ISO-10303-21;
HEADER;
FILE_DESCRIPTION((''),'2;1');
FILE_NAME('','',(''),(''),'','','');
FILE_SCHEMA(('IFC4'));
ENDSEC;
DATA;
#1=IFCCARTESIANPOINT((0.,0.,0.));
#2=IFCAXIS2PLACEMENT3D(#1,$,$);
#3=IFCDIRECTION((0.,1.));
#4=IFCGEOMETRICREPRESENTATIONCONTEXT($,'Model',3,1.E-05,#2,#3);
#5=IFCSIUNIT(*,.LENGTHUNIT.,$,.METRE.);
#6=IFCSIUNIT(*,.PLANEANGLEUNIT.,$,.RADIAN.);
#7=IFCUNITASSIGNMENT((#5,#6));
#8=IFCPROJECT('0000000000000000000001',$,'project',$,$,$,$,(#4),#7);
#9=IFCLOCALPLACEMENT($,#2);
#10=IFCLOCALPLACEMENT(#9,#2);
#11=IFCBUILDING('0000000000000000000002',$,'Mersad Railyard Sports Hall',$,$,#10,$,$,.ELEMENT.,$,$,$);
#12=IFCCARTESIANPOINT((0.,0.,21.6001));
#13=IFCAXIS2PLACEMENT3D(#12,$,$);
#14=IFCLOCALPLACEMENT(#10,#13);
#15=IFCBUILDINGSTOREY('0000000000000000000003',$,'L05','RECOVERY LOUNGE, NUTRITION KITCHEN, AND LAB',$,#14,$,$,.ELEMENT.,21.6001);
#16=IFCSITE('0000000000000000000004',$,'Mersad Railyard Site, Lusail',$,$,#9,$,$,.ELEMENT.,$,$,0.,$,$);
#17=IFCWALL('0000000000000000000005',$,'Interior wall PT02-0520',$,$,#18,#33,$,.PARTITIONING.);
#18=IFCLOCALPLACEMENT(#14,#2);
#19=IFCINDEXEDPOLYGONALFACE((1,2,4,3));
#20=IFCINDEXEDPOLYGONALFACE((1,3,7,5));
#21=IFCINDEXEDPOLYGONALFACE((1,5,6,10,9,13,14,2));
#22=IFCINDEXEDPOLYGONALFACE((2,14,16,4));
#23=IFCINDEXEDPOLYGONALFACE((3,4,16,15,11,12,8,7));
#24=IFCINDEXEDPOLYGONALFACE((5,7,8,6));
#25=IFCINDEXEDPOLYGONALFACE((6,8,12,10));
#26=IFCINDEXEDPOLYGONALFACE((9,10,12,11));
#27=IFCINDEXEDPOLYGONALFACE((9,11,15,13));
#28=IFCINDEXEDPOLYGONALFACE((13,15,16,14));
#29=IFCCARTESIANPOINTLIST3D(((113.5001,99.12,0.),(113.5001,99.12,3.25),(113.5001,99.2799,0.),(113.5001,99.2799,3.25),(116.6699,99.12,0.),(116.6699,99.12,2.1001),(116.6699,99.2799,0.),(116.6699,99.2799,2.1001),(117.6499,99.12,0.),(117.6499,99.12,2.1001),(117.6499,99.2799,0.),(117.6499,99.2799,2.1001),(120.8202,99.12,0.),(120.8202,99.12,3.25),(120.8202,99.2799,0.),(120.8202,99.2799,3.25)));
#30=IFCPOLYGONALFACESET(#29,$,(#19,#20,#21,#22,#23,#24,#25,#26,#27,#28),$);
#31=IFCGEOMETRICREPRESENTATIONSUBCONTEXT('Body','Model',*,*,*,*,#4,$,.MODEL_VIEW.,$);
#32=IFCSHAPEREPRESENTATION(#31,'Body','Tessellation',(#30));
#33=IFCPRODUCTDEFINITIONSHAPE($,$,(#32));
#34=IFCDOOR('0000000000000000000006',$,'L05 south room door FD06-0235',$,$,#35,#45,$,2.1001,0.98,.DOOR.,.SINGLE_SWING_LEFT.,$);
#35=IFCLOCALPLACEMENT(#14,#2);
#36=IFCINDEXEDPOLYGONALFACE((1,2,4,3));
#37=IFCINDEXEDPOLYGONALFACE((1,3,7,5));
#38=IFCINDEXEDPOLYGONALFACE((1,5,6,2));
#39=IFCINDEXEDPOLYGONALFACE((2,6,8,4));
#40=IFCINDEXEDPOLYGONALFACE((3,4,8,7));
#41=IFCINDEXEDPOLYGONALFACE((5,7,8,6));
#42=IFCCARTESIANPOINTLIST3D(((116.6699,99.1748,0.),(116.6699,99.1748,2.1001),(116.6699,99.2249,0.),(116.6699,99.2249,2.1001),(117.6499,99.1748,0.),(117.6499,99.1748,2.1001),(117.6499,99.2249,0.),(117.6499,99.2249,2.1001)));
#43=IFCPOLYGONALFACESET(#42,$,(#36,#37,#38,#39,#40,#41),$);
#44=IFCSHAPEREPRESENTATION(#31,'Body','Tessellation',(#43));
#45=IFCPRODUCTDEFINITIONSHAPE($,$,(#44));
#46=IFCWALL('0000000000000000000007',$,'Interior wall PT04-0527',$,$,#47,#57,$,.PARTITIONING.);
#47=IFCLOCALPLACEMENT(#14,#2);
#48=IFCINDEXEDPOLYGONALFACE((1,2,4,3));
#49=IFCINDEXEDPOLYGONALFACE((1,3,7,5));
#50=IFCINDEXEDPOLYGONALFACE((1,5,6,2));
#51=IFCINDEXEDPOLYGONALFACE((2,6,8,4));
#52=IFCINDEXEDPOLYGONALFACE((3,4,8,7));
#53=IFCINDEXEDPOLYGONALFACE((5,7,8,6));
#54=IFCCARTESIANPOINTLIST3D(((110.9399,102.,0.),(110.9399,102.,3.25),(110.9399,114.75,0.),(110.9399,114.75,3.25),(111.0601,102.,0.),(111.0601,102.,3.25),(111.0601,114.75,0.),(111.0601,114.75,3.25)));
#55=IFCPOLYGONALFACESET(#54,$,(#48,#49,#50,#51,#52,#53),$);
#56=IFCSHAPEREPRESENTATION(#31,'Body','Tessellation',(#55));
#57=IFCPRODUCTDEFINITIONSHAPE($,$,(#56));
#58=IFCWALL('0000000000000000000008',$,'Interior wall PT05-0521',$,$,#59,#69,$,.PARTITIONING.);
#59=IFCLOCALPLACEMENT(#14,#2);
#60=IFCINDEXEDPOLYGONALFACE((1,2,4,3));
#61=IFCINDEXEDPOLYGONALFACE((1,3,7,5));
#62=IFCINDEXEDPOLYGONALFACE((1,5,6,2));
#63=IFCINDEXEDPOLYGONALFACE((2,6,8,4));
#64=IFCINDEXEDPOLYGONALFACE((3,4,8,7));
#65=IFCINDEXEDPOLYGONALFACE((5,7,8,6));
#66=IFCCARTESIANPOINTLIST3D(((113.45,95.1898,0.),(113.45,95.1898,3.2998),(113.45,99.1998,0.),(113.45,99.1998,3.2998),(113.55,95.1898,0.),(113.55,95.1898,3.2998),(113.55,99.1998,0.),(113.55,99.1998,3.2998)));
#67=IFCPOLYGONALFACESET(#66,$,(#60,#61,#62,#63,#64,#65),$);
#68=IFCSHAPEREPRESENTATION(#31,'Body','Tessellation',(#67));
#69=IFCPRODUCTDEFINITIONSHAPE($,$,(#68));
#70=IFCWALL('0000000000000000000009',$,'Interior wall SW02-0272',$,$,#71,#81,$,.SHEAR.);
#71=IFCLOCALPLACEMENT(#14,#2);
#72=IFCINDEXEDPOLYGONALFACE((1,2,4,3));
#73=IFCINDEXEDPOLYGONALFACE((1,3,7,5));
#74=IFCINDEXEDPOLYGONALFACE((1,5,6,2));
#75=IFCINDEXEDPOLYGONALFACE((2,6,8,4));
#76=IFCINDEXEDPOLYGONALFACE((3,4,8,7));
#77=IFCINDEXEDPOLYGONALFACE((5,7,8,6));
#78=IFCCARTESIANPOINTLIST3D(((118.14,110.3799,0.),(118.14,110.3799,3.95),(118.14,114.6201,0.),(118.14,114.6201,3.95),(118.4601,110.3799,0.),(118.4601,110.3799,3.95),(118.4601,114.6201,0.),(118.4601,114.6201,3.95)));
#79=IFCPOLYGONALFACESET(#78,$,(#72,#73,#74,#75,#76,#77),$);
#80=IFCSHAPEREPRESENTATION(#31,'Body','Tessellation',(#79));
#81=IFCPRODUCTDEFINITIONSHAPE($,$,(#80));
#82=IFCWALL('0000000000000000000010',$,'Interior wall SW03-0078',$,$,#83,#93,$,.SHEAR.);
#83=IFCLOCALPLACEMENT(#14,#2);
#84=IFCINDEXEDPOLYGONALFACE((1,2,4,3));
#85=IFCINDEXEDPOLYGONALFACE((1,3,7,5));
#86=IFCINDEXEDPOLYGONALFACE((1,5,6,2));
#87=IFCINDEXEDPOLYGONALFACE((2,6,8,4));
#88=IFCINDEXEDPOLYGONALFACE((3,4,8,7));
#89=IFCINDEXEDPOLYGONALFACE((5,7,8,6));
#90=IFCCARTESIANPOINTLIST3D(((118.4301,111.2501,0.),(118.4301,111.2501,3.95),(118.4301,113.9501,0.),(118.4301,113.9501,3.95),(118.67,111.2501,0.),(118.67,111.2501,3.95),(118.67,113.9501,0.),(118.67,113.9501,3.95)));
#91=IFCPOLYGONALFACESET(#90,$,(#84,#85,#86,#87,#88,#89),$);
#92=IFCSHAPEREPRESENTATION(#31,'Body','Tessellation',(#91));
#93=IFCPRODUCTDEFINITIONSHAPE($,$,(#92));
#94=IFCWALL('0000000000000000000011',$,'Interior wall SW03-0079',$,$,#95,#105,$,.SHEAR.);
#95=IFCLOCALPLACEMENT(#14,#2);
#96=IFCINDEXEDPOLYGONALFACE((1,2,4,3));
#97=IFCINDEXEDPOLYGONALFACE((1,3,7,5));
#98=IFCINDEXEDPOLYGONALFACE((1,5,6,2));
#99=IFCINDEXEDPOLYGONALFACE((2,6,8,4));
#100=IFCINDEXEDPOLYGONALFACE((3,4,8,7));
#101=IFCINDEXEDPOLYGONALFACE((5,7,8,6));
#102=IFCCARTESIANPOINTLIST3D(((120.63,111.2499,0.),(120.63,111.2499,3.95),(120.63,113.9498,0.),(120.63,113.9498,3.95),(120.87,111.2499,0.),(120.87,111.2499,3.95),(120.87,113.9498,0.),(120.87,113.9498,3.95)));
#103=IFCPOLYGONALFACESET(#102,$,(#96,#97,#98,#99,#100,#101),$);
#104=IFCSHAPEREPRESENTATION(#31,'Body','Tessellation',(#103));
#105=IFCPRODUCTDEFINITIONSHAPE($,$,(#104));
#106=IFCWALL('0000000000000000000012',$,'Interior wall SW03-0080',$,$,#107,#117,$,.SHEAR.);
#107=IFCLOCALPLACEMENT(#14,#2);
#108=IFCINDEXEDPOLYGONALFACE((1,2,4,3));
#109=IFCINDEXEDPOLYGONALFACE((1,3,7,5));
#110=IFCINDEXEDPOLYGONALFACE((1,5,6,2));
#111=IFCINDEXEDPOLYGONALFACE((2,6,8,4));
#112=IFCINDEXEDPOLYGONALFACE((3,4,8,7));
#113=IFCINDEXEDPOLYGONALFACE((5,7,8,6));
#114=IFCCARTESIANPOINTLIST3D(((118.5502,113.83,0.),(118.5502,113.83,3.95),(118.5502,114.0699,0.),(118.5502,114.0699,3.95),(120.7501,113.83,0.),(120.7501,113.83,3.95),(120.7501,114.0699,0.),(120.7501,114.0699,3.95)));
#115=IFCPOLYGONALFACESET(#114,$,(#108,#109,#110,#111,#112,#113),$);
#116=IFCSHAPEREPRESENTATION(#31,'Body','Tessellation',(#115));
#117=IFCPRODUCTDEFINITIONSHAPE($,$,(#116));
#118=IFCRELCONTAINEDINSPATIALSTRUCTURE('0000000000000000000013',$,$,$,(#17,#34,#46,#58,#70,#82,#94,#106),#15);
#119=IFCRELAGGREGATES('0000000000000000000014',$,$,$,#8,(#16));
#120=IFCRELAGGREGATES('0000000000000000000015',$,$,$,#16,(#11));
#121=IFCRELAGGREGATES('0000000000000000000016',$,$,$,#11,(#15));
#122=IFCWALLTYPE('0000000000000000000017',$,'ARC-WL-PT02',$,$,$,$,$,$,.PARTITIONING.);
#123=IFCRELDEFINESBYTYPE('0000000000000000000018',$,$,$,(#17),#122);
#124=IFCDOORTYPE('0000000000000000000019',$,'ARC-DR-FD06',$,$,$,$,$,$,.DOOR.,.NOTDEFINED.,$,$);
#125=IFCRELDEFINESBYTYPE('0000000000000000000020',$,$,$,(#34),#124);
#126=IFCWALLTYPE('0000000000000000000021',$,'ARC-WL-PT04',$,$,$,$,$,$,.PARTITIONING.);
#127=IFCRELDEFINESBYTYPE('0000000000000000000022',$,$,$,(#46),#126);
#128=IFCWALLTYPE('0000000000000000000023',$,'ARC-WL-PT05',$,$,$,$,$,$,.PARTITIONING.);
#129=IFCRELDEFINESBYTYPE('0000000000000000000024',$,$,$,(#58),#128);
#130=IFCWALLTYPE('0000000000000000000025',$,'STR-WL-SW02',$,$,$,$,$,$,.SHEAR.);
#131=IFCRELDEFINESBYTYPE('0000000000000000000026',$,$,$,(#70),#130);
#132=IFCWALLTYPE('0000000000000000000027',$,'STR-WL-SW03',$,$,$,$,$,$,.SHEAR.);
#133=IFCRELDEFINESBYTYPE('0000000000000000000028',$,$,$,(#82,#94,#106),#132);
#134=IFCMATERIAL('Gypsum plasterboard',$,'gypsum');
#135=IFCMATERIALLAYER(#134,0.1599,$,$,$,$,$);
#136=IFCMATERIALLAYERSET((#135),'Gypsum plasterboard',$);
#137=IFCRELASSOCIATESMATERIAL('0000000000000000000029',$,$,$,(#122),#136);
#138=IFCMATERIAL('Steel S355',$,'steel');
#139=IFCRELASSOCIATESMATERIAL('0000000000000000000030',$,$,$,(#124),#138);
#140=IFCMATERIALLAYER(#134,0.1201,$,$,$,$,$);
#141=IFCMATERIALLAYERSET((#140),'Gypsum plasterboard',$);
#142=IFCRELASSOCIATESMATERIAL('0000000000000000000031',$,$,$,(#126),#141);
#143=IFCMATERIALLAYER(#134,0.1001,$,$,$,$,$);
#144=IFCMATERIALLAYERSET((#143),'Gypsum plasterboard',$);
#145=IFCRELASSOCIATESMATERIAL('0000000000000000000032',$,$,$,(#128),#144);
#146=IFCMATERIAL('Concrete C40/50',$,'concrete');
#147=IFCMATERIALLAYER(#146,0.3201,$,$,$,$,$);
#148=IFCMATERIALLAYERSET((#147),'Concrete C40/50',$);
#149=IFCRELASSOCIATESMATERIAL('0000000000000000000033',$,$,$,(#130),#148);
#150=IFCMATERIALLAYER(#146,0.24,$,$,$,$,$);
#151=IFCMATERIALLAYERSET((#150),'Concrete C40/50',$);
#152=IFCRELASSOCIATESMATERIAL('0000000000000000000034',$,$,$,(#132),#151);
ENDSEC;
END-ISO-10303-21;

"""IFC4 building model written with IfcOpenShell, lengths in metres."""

from ifc_helpers import new_model, si_unit, direction, frame, frame_2d, origin, place, context, subcontext, project, spatial, rectangle, extrude, material, layer, layer_set, type_object, element, fill, save


model = new_model("IFC4")

# Units and contexts
model_context = context("Model", 3, precision=1e-05, world=origin(), true_north=direction((0.0, 1.0)))
body_context = subcontext(model_context, "Body", "Model", "MODEL_VIEW")
ifc_project = project(units=[si_unit("LENGTHUNIT", "METRE"), si_unit("PLANEANGLEUNIT", "RADIAN")], contexts=[model_context])

# Site, building, storey
site_placement = place(None, origin())
site = spatial("IfcSite", under=ifc_project, at=site_placement, Name="Mersad Railyard Site, Lusail", CompositionType="ELEMENT", RefElevation=0.0)
building_placement = place(site_placement, origin())
building = spatial("IfcBuilding", under=site, at=building_placement, Name="Mersad Railyard Sports Hall", CompositionType="ELEMENT")
storey_placement = place(building_placement, frame((0.0, 0.0, 21.6001)))
storey = spatial("IfcBuildingStorey", under=building, at=storey_placement, Name="L05", Description="RECOVERY LOUNGE, NUTRITION KITCHEN, AND LAB", CompositionType="ELEMENT", Elevation=21.6001)

# Shared definitions
ifc_material_1 = material(Name="Concrete C40/50", Category="concrete")

# Wall, opening, door
ifc_material_2 = material(Name="Steel S355", Category="steel")
ifc_material_3 = material(Name="Gypsum plasterboard", Category="gypsum")
ifc_layer_1 = layer(ifc_material_3, 0.1599)
ifc_layer_set_1 = layer_set([ifc_layer_1], Name="Gypsum plasterboard")
wall_type_1 = type_object("IfcWallType", Name="ARC-WL-PT02", PredefinedType="PARTITIONING", material=ifc_layer_set_1)
wall_1_placement = place(storey_placement, frame((113.5, 99.2, 0.0), z_axis=(0.0, 0.0, 1.0), x_axis=(1.0, 0.0, 0.0)))
wall_1 = element("IfcWall", 1, at=wall_1_placement, inside=storey, type_object=wall_type_1, Name="Interior wall PT02-0520", PredefinedType="PARTITIONING", context=body_context, shape_type="SweptSolid", body=[
    extrude(rectangle(XDim=7.3201, YDim=0.1599, at=frame_2d((3.6602, 0.0))), origin(), (0.0, 0.0, 1.0), 3.25),
])
opening_1_placement = place(wall_1_placement, frame((3.1699, 0.0, 0.0)))
opening_1 = element("IfcOpeningElement", 2, at=opening_1_placement, cuts=wall_1, PredefinedType="OPENING", context=body_context, shape_type="SweptSolid", body=[
    extrude(rectangle(XDim=0.98, YDim=2.1001, at=frame_2d((0.49, 1.05))), frame((0.0, 0.0898, 0.0), z_axis=(0.0, -1.0, 0.0), x_axis=(1.0, 0.0, 0.0)), (0.0, 0.0, 1.0), 0.1799),
])
door_type_1 = type_object("IfcDoorType", Name="ARC-DR-FD06", OperationType="NOTDEFINED", PredefinedType="DOOR", material=ifc_material_2)
door_1_placement = place(opening_1_placement, origin())
door_1 = element("IfcDoor", 3, at=door_1_placement, inside=storey, type_object=door_type_1, Name="L05 south room door FD06-0235", OperationType="SINGLE_SWING_LEFT", OverallHeight=2.1001, OverallWidth=0.98, PredefinedType="DOOR", context=body_context, shape_type="SweptSolid", body=[
    extrude(rectangle(XDim=0.98, YDim=2.1001, at=frame_2d((0.49, 1.05))), frame((0.0, 0.0249, 0.0), z_axis=(0.0, -1.0, 0.0), x_axis=(1.0, 0.0, 0.0)), (0.0, 0.0, 1.0), 0.05),
])
fill(opening_1, door_1)

# Walls
ifc_layer_2 = layer(ifc_material_3, 0.1201)
ifc_layer_set_2 = layer_set([ifc_layer_2], Name="Gypsum plasterboard")
wall_type_2 = type_object("IfcWallType", Name="ARC-WL-PT04", PredefinedType="PARTITIONING", material=ifc_layer_set_2)
wall_2_placement = place(storey_placement, frame((111.0, 102.0, 0.0), z_axis=(0.0, 0.0, 1.0), x_axis=(0.0, 1.0, 0.0)))
element("IfcWall", 4, at=wall_2_placement, inside=storey, type_object=wall_type_2, Name="Interior wall PT04-0527", PredefinedType="PARTITIONING", context=body_context, shape_type="SweptSolid", body=[
    extrude(rectangle(XDim=12.75, YDim=0.1201, at=frame_2d((6.375, 0.0))), origin(), (0.0, 0.0, 1.0), 3.25),
])
ifc_layer_3 = layer(ifc_material_3, 0.1001)
ifc_layer_set_3 = layer_set([ifc_layer_3], Name="Gypsum plasterboard")
wall_type_3 = type_object("IfcWallType", Name="ARC-WL-PT05", PredefinedType="PARTITIONING", material=ifc_layer_set_3)
wall_3_placement = place(storey_placement, frame((113.5, 95.1899, 0.0), z_axis=(0.0, 0.0, 1.0), x_axis=(0.0, 1.0, 0.0)))
element("IfcWall", 5, at=wall_3_placement, inside=storey, type_object=wall_type_3, Name="Interior wall PT05-0521", PredefinedType="PARTITIONING", context=body_context, shape_type="SweptSolid", body=[
    extrude(rectangle(XDim=4.01, YDim=0.1001, at=frame_2d((2.0049, 0.0))), origin(), (0.0, 0.0, 1.0), 3.2998),
])

# Shared definitions
ifc_layer_4 = layer(ifc_material_1, 0.3201)
ifc_layer_set_4 = layer_set([ifc_layer_4], Name="Concrete C40/50")
wall_type_4 = type_object("IfcWallType", Name="STR-WL-SW02", PredefinedType="SHEAR", material=ifc_layer_set_4)

# Walls
wall_4_placement = place(storey_placement, frame((118.3, 110.3799, 0.0), z_axis=(0.0, 0.0, 1.0), x_axis=(0.0, 1.0, 0.0)))
element("IfcWall", 6, at=wall_4_placement, inside=storey, type_object=wall_type_4, Name="Interior wall SW02-0272", PredefinedType="SHEAR", context=body_context, shape_type="SweptSolid", body=[
    extrude(rectangle(XDim=4.2402, YDim=0.3201, at=frame_2d((2.1201, 0.0))), origin(), (0.0, 0.0, 1.0), 3.95),
])
ifc_layer_5 = layer(ifc_material_1, 0.24)
ifc_layer_set_5 = layer_set([ifc_layer_5], Name="Concrete C40/50")
wall_type_5 = type_object("IfcWallType", Name="STR-WL-SW03", PredefinedType="SHEAR", material=ifc_layer_set_5)
for number, where, z_axis, x_axis, name in (
    (7, (118.55, 111.25, 0.0), (0.0, 0.0, 1.0), (0.0, 1.0, 0.0), "Interior wall SW03-0078"),
    (8, (120.75, 113.95, 0.0), (0.0, 0.0, 1.0), (0.0, -1.0, 0.0), "Interior wall SW03-0079"),
):
    element("IfcWall", number, at=place(storey_placement, frame(where, z_axis=z_axis, x_axis=x_axis)), inside=storey, type_object=wall_type_5, Name=name, PredefinedType="SHEAR", context=body_context, shape_type="SweptSolid", body=[
        extrude(rectangle(XDim=2.7, YDim=0.24, at=frame_2d((1.3501, 0.0))), origin(), (0.0, 0.0, 1.0), 3.95),
    ])
wall_5_placement = place(storey_placement, frame((118.55, 113.95, 0.0), z_axis=(0.0, 0.0, 1.0), x_axis=(1.0, 0.0, 0.0)))
element("IfcWall", 9, at=wall_5_placement, inside=storey, type_object=wall_type_5, Name="Interior wall SW03-0080", PredefinedType="SHEAR", context=body_context, shape_type="SweptSolid", body=[
    extrude(rectangle(XDim=2.2, YDim=0.24, at=frame_2d((1.1001, 0.0))), origin(), (0.0, 0.0, 1.0), 3.95),
])

save(model, "model.ifc")
